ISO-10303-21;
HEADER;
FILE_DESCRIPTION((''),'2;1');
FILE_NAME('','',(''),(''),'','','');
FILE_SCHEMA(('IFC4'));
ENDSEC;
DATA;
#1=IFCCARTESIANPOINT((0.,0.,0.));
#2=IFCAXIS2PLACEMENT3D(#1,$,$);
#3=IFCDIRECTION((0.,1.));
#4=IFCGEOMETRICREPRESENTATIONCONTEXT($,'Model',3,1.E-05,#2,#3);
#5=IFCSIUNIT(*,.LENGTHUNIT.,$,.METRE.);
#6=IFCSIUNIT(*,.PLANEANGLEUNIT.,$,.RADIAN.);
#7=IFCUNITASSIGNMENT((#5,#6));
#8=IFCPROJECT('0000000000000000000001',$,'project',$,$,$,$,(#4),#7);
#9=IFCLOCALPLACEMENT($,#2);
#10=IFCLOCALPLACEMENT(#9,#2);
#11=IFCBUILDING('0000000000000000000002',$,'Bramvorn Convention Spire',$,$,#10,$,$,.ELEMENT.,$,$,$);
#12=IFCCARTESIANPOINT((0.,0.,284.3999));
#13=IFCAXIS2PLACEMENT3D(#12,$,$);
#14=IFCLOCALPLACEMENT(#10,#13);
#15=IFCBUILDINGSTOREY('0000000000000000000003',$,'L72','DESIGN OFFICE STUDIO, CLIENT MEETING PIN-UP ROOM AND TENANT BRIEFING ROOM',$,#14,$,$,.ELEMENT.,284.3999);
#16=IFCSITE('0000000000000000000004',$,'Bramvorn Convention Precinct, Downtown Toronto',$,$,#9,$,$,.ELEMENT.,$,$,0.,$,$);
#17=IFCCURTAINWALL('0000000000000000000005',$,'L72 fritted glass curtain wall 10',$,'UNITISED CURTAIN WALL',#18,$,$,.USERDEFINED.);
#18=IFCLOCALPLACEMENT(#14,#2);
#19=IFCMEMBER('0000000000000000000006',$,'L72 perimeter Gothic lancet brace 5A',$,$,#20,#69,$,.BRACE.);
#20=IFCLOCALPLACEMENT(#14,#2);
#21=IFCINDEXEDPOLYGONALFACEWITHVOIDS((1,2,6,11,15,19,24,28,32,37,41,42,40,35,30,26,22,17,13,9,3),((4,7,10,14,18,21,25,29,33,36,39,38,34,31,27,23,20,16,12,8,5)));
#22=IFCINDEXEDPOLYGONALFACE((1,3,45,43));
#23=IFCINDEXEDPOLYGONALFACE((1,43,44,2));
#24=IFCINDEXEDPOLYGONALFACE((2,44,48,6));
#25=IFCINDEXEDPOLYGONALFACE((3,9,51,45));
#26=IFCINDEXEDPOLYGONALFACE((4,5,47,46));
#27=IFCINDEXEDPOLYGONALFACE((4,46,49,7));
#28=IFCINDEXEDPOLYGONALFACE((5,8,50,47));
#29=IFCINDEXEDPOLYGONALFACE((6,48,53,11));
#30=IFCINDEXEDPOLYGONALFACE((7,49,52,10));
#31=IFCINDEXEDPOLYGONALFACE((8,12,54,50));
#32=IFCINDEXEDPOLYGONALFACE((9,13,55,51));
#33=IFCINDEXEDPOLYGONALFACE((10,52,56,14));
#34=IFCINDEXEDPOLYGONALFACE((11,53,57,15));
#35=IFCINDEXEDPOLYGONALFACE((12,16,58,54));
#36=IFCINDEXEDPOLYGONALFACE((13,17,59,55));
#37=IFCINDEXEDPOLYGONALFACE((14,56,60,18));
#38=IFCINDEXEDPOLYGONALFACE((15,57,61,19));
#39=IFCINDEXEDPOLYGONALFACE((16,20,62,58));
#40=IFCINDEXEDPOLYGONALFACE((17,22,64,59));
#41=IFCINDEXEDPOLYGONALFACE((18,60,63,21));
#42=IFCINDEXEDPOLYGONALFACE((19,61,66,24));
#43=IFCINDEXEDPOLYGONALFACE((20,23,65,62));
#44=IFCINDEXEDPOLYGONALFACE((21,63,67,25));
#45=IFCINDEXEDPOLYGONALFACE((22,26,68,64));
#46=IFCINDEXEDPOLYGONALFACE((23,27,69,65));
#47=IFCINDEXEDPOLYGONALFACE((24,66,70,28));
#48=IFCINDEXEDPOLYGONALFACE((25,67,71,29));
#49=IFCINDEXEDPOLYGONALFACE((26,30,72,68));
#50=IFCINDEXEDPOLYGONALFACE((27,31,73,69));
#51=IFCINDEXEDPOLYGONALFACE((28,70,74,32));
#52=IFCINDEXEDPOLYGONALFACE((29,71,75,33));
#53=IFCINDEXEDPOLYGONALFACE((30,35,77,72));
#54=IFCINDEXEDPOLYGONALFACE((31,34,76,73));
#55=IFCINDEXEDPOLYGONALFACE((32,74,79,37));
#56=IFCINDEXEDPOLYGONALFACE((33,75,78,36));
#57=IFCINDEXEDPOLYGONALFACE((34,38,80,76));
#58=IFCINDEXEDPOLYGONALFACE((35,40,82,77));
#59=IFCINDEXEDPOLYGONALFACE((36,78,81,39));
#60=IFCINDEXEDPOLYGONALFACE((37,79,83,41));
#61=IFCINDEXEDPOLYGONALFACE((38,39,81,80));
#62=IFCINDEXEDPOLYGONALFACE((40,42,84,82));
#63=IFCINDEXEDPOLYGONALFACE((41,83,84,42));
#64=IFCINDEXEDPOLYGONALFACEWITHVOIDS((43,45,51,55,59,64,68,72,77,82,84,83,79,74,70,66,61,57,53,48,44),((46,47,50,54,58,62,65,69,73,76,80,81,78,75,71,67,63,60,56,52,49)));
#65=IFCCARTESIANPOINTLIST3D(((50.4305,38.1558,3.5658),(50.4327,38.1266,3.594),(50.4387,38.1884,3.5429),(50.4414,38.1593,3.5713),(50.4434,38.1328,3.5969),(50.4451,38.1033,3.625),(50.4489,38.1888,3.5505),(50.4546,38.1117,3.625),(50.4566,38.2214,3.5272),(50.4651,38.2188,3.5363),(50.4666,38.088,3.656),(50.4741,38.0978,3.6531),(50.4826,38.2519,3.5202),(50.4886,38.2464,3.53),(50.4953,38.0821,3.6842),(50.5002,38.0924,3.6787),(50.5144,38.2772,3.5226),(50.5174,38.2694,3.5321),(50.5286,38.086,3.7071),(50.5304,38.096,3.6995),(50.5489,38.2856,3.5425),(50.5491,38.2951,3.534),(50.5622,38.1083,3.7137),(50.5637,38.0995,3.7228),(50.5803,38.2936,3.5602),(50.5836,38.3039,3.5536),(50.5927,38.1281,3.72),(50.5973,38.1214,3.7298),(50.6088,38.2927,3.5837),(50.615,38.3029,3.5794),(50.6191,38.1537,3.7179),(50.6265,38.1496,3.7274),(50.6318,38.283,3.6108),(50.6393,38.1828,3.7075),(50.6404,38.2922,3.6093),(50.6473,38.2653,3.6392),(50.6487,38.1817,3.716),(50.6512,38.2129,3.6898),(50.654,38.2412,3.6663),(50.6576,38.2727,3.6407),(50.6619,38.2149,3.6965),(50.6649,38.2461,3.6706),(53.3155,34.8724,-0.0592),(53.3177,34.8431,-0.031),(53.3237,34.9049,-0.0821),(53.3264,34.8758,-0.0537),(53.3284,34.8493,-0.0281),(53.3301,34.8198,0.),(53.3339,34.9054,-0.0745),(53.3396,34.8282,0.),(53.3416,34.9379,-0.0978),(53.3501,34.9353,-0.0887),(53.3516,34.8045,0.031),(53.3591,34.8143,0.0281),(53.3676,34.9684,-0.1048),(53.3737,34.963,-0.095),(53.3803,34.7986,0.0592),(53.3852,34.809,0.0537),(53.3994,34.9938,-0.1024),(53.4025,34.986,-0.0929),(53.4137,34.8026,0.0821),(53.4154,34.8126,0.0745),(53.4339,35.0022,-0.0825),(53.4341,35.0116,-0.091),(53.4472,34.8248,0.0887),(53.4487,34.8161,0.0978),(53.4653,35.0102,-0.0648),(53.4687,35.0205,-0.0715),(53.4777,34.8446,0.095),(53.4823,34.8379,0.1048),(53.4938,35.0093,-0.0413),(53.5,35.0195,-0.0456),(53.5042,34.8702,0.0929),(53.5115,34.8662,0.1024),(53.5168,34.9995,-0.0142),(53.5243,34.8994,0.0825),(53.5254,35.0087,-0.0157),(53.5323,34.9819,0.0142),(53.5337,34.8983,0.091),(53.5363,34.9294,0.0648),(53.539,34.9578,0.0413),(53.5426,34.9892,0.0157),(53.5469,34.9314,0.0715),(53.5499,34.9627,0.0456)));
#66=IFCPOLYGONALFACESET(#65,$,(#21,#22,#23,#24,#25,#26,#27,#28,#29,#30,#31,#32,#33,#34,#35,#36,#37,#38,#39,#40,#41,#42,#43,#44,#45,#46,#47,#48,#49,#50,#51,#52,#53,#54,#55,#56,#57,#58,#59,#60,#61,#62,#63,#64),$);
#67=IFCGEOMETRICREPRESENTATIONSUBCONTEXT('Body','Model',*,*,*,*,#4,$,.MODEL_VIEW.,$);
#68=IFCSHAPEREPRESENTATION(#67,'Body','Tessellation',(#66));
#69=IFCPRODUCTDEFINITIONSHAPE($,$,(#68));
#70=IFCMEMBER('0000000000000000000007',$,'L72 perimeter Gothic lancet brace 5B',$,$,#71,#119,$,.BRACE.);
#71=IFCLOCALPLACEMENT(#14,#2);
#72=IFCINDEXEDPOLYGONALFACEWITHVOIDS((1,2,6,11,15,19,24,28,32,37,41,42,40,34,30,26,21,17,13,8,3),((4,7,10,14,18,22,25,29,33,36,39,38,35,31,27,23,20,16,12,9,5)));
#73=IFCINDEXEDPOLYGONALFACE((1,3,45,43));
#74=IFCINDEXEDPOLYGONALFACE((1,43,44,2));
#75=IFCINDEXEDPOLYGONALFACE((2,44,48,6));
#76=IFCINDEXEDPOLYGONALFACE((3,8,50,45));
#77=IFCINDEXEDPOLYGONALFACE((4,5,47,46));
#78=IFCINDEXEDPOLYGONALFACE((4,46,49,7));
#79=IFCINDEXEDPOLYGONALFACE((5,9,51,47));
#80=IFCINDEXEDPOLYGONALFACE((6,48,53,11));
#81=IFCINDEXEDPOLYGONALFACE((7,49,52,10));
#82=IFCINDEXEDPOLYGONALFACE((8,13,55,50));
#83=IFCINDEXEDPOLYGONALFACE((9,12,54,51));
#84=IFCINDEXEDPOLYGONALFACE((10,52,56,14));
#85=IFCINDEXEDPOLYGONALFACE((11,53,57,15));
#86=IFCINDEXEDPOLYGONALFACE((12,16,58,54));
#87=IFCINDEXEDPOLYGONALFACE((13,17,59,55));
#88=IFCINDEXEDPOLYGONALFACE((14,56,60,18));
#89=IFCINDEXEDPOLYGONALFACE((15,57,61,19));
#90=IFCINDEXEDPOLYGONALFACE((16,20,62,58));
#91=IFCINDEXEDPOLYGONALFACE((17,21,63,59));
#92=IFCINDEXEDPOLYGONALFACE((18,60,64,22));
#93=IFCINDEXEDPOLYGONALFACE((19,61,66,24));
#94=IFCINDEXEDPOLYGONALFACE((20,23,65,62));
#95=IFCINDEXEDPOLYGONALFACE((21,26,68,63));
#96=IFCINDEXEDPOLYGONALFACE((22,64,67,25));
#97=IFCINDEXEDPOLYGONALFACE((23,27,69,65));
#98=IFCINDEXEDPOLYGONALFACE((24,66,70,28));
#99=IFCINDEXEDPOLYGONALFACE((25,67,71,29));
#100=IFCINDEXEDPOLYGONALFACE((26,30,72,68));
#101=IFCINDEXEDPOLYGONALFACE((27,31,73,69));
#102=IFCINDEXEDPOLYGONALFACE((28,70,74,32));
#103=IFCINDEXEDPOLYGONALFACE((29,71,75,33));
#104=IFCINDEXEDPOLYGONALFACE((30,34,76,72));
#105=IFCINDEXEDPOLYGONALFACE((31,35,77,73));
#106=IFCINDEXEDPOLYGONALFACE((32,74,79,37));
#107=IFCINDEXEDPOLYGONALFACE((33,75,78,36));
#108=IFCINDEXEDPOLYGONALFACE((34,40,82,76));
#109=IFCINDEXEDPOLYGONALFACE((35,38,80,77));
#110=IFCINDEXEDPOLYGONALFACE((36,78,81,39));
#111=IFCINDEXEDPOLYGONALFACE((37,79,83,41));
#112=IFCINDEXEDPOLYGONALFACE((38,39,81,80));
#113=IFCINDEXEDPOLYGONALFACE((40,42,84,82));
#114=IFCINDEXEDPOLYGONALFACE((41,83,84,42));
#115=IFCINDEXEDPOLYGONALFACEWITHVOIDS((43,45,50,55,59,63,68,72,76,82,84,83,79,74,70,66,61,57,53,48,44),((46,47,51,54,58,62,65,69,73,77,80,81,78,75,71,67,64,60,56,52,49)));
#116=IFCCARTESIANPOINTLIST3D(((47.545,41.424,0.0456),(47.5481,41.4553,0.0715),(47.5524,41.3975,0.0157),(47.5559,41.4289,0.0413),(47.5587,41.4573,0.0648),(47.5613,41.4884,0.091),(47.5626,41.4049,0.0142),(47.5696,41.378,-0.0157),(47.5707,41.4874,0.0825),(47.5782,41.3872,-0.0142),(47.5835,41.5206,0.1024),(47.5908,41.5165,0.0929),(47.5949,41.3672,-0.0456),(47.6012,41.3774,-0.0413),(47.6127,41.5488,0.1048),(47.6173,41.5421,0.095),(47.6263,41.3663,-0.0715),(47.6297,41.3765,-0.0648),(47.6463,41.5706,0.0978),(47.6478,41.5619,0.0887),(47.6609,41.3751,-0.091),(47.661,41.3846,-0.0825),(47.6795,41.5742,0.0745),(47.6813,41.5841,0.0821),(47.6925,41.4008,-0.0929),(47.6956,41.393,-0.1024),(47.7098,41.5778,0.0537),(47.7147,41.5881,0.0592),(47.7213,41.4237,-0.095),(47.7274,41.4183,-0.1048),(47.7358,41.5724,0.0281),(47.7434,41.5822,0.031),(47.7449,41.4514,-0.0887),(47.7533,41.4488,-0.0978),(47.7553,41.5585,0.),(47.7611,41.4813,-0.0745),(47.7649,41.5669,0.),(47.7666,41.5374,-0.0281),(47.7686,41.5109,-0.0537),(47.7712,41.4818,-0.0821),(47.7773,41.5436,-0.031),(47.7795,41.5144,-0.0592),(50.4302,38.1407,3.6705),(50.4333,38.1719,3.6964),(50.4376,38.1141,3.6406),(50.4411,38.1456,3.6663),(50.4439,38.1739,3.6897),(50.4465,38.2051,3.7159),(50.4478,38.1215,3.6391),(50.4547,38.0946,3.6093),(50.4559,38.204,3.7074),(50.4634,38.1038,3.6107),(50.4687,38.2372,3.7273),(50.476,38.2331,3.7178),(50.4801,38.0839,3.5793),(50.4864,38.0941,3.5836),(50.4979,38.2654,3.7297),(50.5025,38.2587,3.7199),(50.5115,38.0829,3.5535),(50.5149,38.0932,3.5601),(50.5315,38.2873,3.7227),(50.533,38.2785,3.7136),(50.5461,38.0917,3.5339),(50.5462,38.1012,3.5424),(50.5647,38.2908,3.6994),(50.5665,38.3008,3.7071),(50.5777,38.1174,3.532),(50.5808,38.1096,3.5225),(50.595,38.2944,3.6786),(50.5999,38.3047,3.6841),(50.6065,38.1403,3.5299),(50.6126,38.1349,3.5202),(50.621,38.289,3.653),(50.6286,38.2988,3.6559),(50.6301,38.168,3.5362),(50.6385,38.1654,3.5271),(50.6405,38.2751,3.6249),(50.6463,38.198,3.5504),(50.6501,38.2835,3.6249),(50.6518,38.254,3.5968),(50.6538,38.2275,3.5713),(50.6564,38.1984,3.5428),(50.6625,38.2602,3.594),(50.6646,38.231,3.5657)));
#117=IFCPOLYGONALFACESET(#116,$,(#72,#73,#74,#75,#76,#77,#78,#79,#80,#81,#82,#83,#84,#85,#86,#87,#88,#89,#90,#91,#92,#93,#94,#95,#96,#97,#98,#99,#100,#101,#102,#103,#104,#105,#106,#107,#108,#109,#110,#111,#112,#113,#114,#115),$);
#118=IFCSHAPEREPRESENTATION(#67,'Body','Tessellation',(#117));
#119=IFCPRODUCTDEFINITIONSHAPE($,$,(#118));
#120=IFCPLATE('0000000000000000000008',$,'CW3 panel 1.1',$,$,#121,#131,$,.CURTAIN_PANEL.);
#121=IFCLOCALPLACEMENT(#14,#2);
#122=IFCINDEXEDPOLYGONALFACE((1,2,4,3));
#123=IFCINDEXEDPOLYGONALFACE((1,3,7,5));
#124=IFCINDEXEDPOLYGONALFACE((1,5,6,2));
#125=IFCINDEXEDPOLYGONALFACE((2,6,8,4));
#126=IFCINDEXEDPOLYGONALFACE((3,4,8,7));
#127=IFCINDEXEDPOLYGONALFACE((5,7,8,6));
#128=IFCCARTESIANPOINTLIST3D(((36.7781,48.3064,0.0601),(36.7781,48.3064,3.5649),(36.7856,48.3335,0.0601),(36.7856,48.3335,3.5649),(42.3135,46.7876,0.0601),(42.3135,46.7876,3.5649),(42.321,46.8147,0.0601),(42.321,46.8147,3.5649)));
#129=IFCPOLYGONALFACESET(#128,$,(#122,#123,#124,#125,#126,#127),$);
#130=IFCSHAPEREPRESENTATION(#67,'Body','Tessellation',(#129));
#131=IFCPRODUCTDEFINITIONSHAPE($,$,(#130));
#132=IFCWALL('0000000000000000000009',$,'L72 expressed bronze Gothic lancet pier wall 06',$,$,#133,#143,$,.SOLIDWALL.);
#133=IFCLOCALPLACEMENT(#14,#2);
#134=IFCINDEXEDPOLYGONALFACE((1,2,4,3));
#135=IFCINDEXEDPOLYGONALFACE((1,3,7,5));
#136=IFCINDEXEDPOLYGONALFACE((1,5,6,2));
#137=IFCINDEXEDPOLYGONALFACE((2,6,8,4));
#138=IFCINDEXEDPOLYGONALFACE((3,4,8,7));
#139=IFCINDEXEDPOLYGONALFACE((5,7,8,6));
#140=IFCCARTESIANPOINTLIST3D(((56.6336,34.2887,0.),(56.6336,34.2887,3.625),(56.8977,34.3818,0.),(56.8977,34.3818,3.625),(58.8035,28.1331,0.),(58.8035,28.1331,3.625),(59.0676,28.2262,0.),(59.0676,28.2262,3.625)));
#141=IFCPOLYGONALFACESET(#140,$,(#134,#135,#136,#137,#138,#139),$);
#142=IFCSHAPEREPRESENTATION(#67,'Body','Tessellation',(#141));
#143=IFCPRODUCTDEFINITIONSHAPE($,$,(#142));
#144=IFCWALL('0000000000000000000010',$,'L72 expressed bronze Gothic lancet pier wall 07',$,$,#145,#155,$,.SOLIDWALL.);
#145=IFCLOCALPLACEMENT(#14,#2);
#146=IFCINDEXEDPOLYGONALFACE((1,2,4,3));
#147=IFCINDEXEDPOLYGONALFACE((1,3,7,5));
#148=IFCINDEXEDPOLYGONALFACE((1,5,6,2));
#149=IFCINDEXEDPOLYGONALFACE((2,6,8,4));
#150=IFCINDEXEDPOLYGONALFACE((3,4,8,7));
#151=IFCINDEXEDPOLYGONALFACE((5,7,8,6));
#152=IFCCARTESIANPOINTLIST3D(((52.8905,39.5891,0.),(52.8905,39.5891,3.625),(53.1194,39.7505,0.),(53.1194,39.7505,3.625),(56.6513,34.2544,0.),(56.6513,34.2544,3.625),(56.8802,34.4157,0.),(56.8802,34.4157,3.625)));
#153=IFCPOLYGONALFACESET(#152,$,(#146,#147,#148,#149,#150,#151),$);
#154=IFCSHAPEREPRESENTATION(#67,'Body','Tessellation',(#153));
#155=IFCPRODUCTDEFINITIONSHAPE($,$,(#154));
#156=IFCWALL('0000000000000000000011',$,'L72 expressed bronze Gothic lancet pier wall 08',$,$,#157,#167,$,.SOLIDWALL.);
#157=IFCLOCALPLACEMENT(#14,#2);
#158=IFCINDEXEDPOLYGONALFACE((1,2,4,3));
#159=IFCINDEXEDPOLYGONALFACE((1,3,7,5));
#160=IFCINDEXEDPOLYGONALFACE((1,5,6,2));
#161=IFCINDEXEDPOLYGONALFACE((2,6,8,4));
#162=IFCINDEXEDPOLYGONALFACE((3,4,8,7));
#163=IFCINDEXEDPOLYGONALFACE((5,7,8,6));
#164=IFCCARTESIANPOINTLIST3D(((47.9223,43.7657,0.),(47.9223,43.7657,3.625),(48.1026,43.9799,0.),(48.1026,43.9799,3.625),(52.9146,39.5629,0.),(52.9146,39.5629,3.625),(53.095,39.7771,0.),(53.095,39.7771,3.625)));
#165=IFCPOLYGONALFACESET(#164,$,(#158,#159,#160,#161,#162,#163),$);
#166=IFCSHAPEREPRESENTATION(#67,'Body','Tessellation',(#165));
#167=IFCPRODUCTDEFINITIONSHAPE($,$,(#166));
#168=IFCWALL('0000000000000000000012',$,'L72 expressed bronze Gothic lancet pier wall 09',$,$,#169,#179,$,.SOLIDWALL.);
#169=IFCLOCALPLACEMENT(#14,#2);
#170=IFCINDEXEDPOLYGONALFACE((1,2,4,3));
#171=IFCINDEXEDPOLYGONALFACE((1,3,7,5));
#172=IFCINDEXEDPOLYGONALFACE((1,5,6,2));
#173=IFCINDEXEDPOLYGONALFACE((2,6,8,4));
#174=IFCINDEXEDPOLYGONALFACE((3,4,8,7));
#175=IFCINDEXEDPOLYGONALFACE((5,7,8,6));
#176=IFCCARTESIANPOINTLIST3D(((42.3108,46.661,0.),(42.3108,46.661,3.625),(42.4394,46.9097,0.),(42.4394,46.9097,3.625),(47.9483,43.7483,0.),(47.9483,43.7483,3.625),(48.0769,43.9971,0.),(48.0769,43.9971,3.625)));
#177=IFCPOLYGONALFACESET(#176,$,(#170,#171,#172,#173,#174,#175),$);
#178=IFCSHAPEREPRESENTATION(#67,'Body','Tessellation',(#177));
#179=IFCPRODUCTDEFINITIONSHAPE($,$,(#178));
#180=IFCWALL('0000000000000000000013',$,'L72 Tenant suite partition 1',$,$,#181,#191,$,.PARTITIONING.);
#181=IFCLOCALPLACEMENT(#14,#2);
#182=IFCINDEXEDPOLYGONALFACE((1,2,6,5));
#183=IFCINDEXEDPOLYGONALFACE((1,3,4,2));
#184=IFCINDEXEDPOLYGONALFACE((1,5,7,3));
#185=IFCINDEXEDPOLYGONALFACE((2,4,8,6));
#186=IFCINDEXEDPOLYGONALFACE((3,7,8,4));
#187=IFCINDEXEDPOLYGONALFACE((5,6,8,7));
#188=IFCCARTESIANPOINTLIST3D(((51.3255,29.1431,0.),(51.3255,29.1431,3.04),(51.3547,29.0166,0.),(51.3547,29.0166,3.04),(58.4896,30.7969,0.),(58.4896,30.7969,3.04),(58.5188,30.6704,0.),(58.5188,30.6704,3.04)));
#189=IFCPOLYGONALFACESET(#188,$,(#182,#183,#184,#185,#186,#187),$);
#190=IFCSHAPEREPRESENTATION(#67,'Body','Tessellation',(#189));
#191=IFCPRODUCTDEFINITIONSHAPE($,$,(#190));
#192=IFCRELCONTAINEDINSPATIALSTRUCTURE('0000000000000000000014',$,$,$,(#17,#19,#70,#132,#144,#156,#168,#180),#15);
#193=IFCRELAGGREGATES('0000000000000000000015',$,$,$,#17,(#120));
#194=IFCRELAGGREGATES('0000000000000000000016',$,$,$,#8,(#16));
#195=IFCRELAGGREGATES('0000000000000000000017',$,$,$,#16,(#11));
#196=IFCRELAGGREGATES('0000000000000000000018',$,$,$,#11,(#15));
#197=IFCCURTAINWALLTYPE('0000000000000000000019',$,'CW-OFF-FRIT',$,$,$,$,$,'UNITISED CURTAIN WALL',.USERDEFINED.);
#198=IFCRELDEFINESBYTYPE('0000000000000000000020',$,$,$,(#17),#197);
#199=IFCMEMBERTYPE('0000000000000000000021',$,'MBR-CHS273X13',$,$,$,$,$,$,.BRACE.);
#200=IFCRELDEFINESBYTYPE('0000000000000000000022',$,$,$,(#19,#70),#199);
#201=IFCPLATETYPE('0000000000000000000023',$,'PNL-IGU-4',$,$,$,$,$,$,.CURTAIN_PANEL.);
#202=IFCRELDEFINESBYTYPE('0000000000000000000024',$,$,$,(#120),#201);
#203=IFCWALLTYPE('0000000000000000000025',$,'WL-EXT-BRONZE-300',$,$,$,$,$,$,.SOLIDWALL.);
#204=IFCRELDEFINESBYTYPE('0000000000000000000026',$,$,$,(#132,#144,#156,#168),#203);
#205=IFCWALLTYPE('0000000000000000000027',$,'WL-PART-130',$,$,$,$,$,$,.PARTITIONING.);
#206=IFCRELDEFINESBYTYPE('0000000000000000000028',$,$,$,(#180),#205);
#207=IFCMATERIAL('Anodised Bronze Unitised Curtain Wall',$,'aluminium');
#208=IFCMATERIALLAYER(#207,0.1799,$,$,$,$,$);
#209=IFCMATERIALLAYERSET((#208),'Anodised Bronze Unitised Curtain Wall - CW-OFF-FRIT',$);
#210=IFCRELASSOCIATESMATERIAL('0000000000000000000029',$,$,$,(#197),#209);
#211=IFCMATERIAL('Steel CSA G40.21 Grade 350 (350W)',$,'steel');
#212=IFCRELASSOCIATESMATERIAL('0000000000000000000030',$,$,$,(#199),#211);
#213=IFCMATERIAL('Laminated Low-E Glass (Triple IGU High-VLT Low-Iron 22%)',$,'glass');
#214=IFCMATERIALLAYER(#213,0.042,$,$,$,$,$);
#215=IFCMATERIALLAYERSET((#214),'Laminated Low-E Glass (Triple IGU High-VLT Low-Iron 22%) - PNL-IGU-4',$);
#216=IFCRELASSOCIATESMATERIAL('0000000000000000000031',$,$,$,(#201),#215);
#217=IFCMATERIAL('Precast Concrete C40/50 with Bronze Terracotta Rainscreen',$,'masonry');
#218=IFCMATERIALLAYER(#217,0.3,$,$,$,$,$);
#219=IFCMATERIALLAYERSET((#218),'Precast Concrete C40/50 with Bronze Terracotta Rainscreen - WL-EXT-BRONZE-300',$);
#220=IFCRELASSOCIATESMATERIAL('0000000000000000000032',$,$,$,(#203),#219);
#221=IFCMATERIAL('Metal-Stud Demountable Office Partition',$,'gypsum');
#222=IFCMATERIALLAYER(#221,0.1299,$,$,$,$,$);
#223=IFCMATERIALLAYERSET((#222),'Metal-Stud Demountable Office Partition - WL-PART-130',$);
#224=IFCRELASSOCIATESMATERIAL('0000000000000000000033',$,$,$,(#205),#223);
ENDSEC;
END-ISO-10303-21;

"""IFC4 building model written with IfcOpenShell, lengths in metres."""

from ifc_helpers import new_model, si_unit, direction, frame, frame_2d, origin, origin_2d, place, context, subcontext, project, spatial, rectangle, hollow_circle, extrude, material, layer, layer_set, material_profile, profile_set, type_object, element, aggregate, save


model = new_model("IFC4")

# Units and contexts
model_context = context("Model", 3, precision=1e-05, world=origin(), true_north=direction((0.0, 1.0)))
body_context = subcontext(model_context, "Body", "Model", "MODEL_VIEW")
ifc_project = project(units=[si_unit("LENGTHUNIT", "METRE"), si_unit("PLANEANGLEUNIT", "RADIAN")], contexts=[model_context])

# Site, building, storey
site_placement = place(None, origin())
site = spatial("IfcSite", under=ifc_project, at=site_placement, Name="Bramvorn Convention Precinct, Downtown Toronto", CompositionType="ELEMENT", RefElevation=0.0)
building_placement = place(site_placement, origin())
building = spatial("IfcBuilding", under=site, at=building_placement, Name="Bramvorn Convention Spire", CompositionType="ELEMENT")
storey_placement = place(building_placement, frame((0.0, 0.0, 284.3999)))
storey = spatial("IfcBuildingStorey", under=building, at=storey_placement, Name="L72", Description="DESIGN OFFICE STUDIO, CLIENT MEETING PIN-UP ROOM AND TENANT BRIEFING ROOM", CompositionType="ELEMENT", Elevation=284.3999)

# Shared definitions
ifc_material_1 = material(Name="Steel CSA G40.21 Grade 350 (350W)", Category="steel")

# Curtain wall
ifc_material_2 = material(Name="Anodised Bronze Unitised Curtain Wall", Category="aluminium")
ifc_layer_1 = layer(ifc_material_2, 0.1799)
ifc_layer_set_1 = layer_set([ifc_layer_1], Name="Anodised Bronze Unitised Curtain Wall - CW-OFF-FRIT")
curtain_wall_type = type_object("IfcCurtainWallType", Name="CW-OFF-FRIT", ElementType="UNITISED CURTAIN WALL", PredefinedType="USERDEFINED", material=ifc_layer_set_1)
curtain_wall_1_placement = place(storey_placement, origin())
curtain_wall_1 = element("IfcCurtainWall", 1, at=curtain_wall_1_placement, inside=storey, type_object=curtain_wall_type, Name="L72 fritted glass curtain wall 10", ObjectType="UNITISED CURTAIN WALL", PredefinedType="USERDEFINED")

# Members
ifc_material_profile_1 = material_profile(ifc_material_1, hollow_circle(Radius=0.1365, WallThickness=0.0127, at=origin_2d()))
ifc_profile_set_1 = profile_set([ifc_material_profile_1], Name="Steel CSA G40.21 Grade 350 (350W) - CHS273X13")
member_type_1 = type_object("IfcMemberType", Name="MBR-CHS273X13", PredefinedType="BRACE", material=ifc_profile_set_1)
for number, where, z_axis, x_axis, name in (
    (2, (53.4326, 34.9099, 0.0), (-0.508062, 0.578228, 0.638377), (-0.751215, -0.660057, 0.0), "L72 perimeter Gothic lancet brace 5A"),
    (3, (47.6624, 41.4768, 0.0), (0.508094, -0.578216, 0.638363), (0.751188, 0.660089, 0.0), "L72 perimeter Gothic lancet brace 5B"),
):
    element("IfcMember", number, at=place(storey_placement, frame(where, z_axis=z_axis, x_axis=x_axis)), inside=storey, type_object=member_type_1, Name=name, PredefinedType="BRACE", context=body_context, shape_type="SweptSolid", body=[
        extrude(hollow_circle(Radius=0.1365, WallThickness=0.0127, at=origin_2d()), origin(), (0.0, 0.0, 1.0), 5.6785),
    ])

# Plate
ifc_material_3 = material(Name="Laminated Low-E Glass (Triple IGU High-VLT Low-Iron 22%)", Category="glass")
ifc_layer_2 = layer(ifc_material_3, 0.042)
ifc_layer_set_2 = layer_set([ifc_layer_2], Name="Laminated Low-E Glass (Triple IGU High-VLT Low-Iron 22%) - PNL-IGU-4")
plate_type = type_object("IfcPlateType", Name="PNL-IGU-4", PredefinedType="CURTAIN_PANEL", material=ifc_layer_set_2)
plate_placement = place(storey_placement, frame((39.5496, 47.5605, 0.0601), z_axis=(0.0, 0.0, 1.0), x_axis=(0.964356, -0.264609, 0.0)))
plate = element("IfcPlate", 4, at=plate_placement, type_object=plate_type, Name="CW3 panel 1.1", PredefinedType="CURTAIN_PANEL", context=body_context, shape_type="SweptSolid", body=[
    extrude(rectangle(XDim=5.74, YDim=0.0281, at=origin_2d()), origin(), (0.0, 0.0, 1.0), 3.5049),
])
aggregate(curtain_wall_1, [plate])

# Walls
ifc_material_4 = material(Name="Precast Concrete C40/50 with Bronze Terracotta Rainscreen", Category="masonry")
ifc_layer_3 = layer(ifc_material_4, 0.3)
ifc_layer_set_3 = layer_set([ifc_layer_3], Name="Precast Concrete C40/50 with Bronze Terracotta Rainscreen - WL-EXT-BRONZE-300")
wall_type_1 = type_object("IfcWallType", Name="WL-EXT-BRONZE-300", PredefinedType="SOLIDWALL", material=ifc_layer_set_3)
wall_1_placement = place(storey_placement, frame((56.7656, 34.3352, 0.0), z_axis=(0.0, 0.0, 1.0), x_axis=(0.332464, -0.943116, 0.0)))
element("IfcWall", 5, at=wall_1_placement, inside=storey, type_object=wall_type_1, Name="L72 expressed bronze Gothic lancet pier wall 06", PredefinedType="SOLIDWALL", context=body_context, shape_type="SweptSolid", body=[
    extrude(rectangle(XDim=6.5269, YDim=0.28, at=frame_2d((3.2634, 0.0))), origin(), (0.0, 0.0, 1.0), 3.625),
])
wall_2_placement = place(storey_placement, frame((53.0049, 39.6699, 0.0), z_axis=(0.0, 0.0, 1.0), x_axis=(0.576178, -0.817324, 0.0)))
element("IfcWall", 6, at=wall_2_placement, inside=storey, type_object=wall_type_1, Name="L72 expressed bronze Gothic lancet pier wall 07", PredefinedType="SOLIDWALL", context=body_context, shape_type="SweptSolid", body=[
    extrude(rectangle(XDim=6.5271, YDim=0.28, at=frame_2d((3.2637, 0.0))), origin(), (0.0, 0.0, 1.0), 3.625),
])
wall_3_placement = place(storey_placement, frame((48.0125, 43.8728, 0.0), z_axis=(0.0, 0.0, 1.0), x_axis=(0.765007, -0.644022, 0.0)))
element("IfcWall", 7, at=wall_3_placement, inside=storey, type_object=wall_type_1, Name="L72 expressed bronze Gothic lancet pier wall 08", PredefinedType="SOLIDWALL", context=body_context, shape_type="SweptSolid", body=[
    extrude(rectangle(XDim=6.5259, YDim=0.28, at=frame_2d((3.2629, 0.0))), origin(), (0.0, 0.0, 1.0), 3.625),
])
wall_4_placement = place(storey_placement, frame((42.375, 46.7854, 0.0), z_axis=(0.0, 0.0, 1.0), x_axis=(0.888431, -0.459009, 0.0)))
element("IfcWall", 8, at=wall_4_placement, inside=storey, type_object=wall_type_1, Name="L72 expressed bronze Gothic lancet pier wall 09", PredefinedType="SOLIDWALL", context=body_context, shape_type="SweptSolid", body=[
    extrude(rectangle(XDim=6.3455, YDim=0.28, at=frame_2d((3.1729, 0.0))), origin(), (0.0, 0.0, 1.0), 3.625),
])
ifc_material_5 = material(Name="Metal-Stud Demountable Office Partition", Category="gypsum")
ifc_layer_4 = layer(ifc_material_5, 0.1299)
ifc_layer_set_4 = layer_set([ifc_layer_4], Name="Metal-Stud Demountable Office Partition - WL-PART-130")
wall_type_2 = type_object("IfcWallType", Name="WL-PART-130", PredefinedType="PARTITIONING", material=ifc_layer_set_4)
wall_5_placement = place(storey_placement, frame((51.3401, 29.0798, 0.0), z_axis=(0.0, 0.0, 1.0), x_axis=(0.974374, 0.224932, 0.0)))
element("IfcWall", 9, at=wall_5_placement, inside=storey, type_object=wall_type_2, Name="L72 Tenant suite partition 1", PredefinedType="PARTITIONING", context=body_context, shape_type="SweptSolid", body=[
    extrude(rectangle(XDim=7.3525, YDim=0.1299, at=frame_2d((3.6763, 0.0))), origin(), (0.0, 0.0, 1.0), 3.04),
])

save(model, "model.ifc")
